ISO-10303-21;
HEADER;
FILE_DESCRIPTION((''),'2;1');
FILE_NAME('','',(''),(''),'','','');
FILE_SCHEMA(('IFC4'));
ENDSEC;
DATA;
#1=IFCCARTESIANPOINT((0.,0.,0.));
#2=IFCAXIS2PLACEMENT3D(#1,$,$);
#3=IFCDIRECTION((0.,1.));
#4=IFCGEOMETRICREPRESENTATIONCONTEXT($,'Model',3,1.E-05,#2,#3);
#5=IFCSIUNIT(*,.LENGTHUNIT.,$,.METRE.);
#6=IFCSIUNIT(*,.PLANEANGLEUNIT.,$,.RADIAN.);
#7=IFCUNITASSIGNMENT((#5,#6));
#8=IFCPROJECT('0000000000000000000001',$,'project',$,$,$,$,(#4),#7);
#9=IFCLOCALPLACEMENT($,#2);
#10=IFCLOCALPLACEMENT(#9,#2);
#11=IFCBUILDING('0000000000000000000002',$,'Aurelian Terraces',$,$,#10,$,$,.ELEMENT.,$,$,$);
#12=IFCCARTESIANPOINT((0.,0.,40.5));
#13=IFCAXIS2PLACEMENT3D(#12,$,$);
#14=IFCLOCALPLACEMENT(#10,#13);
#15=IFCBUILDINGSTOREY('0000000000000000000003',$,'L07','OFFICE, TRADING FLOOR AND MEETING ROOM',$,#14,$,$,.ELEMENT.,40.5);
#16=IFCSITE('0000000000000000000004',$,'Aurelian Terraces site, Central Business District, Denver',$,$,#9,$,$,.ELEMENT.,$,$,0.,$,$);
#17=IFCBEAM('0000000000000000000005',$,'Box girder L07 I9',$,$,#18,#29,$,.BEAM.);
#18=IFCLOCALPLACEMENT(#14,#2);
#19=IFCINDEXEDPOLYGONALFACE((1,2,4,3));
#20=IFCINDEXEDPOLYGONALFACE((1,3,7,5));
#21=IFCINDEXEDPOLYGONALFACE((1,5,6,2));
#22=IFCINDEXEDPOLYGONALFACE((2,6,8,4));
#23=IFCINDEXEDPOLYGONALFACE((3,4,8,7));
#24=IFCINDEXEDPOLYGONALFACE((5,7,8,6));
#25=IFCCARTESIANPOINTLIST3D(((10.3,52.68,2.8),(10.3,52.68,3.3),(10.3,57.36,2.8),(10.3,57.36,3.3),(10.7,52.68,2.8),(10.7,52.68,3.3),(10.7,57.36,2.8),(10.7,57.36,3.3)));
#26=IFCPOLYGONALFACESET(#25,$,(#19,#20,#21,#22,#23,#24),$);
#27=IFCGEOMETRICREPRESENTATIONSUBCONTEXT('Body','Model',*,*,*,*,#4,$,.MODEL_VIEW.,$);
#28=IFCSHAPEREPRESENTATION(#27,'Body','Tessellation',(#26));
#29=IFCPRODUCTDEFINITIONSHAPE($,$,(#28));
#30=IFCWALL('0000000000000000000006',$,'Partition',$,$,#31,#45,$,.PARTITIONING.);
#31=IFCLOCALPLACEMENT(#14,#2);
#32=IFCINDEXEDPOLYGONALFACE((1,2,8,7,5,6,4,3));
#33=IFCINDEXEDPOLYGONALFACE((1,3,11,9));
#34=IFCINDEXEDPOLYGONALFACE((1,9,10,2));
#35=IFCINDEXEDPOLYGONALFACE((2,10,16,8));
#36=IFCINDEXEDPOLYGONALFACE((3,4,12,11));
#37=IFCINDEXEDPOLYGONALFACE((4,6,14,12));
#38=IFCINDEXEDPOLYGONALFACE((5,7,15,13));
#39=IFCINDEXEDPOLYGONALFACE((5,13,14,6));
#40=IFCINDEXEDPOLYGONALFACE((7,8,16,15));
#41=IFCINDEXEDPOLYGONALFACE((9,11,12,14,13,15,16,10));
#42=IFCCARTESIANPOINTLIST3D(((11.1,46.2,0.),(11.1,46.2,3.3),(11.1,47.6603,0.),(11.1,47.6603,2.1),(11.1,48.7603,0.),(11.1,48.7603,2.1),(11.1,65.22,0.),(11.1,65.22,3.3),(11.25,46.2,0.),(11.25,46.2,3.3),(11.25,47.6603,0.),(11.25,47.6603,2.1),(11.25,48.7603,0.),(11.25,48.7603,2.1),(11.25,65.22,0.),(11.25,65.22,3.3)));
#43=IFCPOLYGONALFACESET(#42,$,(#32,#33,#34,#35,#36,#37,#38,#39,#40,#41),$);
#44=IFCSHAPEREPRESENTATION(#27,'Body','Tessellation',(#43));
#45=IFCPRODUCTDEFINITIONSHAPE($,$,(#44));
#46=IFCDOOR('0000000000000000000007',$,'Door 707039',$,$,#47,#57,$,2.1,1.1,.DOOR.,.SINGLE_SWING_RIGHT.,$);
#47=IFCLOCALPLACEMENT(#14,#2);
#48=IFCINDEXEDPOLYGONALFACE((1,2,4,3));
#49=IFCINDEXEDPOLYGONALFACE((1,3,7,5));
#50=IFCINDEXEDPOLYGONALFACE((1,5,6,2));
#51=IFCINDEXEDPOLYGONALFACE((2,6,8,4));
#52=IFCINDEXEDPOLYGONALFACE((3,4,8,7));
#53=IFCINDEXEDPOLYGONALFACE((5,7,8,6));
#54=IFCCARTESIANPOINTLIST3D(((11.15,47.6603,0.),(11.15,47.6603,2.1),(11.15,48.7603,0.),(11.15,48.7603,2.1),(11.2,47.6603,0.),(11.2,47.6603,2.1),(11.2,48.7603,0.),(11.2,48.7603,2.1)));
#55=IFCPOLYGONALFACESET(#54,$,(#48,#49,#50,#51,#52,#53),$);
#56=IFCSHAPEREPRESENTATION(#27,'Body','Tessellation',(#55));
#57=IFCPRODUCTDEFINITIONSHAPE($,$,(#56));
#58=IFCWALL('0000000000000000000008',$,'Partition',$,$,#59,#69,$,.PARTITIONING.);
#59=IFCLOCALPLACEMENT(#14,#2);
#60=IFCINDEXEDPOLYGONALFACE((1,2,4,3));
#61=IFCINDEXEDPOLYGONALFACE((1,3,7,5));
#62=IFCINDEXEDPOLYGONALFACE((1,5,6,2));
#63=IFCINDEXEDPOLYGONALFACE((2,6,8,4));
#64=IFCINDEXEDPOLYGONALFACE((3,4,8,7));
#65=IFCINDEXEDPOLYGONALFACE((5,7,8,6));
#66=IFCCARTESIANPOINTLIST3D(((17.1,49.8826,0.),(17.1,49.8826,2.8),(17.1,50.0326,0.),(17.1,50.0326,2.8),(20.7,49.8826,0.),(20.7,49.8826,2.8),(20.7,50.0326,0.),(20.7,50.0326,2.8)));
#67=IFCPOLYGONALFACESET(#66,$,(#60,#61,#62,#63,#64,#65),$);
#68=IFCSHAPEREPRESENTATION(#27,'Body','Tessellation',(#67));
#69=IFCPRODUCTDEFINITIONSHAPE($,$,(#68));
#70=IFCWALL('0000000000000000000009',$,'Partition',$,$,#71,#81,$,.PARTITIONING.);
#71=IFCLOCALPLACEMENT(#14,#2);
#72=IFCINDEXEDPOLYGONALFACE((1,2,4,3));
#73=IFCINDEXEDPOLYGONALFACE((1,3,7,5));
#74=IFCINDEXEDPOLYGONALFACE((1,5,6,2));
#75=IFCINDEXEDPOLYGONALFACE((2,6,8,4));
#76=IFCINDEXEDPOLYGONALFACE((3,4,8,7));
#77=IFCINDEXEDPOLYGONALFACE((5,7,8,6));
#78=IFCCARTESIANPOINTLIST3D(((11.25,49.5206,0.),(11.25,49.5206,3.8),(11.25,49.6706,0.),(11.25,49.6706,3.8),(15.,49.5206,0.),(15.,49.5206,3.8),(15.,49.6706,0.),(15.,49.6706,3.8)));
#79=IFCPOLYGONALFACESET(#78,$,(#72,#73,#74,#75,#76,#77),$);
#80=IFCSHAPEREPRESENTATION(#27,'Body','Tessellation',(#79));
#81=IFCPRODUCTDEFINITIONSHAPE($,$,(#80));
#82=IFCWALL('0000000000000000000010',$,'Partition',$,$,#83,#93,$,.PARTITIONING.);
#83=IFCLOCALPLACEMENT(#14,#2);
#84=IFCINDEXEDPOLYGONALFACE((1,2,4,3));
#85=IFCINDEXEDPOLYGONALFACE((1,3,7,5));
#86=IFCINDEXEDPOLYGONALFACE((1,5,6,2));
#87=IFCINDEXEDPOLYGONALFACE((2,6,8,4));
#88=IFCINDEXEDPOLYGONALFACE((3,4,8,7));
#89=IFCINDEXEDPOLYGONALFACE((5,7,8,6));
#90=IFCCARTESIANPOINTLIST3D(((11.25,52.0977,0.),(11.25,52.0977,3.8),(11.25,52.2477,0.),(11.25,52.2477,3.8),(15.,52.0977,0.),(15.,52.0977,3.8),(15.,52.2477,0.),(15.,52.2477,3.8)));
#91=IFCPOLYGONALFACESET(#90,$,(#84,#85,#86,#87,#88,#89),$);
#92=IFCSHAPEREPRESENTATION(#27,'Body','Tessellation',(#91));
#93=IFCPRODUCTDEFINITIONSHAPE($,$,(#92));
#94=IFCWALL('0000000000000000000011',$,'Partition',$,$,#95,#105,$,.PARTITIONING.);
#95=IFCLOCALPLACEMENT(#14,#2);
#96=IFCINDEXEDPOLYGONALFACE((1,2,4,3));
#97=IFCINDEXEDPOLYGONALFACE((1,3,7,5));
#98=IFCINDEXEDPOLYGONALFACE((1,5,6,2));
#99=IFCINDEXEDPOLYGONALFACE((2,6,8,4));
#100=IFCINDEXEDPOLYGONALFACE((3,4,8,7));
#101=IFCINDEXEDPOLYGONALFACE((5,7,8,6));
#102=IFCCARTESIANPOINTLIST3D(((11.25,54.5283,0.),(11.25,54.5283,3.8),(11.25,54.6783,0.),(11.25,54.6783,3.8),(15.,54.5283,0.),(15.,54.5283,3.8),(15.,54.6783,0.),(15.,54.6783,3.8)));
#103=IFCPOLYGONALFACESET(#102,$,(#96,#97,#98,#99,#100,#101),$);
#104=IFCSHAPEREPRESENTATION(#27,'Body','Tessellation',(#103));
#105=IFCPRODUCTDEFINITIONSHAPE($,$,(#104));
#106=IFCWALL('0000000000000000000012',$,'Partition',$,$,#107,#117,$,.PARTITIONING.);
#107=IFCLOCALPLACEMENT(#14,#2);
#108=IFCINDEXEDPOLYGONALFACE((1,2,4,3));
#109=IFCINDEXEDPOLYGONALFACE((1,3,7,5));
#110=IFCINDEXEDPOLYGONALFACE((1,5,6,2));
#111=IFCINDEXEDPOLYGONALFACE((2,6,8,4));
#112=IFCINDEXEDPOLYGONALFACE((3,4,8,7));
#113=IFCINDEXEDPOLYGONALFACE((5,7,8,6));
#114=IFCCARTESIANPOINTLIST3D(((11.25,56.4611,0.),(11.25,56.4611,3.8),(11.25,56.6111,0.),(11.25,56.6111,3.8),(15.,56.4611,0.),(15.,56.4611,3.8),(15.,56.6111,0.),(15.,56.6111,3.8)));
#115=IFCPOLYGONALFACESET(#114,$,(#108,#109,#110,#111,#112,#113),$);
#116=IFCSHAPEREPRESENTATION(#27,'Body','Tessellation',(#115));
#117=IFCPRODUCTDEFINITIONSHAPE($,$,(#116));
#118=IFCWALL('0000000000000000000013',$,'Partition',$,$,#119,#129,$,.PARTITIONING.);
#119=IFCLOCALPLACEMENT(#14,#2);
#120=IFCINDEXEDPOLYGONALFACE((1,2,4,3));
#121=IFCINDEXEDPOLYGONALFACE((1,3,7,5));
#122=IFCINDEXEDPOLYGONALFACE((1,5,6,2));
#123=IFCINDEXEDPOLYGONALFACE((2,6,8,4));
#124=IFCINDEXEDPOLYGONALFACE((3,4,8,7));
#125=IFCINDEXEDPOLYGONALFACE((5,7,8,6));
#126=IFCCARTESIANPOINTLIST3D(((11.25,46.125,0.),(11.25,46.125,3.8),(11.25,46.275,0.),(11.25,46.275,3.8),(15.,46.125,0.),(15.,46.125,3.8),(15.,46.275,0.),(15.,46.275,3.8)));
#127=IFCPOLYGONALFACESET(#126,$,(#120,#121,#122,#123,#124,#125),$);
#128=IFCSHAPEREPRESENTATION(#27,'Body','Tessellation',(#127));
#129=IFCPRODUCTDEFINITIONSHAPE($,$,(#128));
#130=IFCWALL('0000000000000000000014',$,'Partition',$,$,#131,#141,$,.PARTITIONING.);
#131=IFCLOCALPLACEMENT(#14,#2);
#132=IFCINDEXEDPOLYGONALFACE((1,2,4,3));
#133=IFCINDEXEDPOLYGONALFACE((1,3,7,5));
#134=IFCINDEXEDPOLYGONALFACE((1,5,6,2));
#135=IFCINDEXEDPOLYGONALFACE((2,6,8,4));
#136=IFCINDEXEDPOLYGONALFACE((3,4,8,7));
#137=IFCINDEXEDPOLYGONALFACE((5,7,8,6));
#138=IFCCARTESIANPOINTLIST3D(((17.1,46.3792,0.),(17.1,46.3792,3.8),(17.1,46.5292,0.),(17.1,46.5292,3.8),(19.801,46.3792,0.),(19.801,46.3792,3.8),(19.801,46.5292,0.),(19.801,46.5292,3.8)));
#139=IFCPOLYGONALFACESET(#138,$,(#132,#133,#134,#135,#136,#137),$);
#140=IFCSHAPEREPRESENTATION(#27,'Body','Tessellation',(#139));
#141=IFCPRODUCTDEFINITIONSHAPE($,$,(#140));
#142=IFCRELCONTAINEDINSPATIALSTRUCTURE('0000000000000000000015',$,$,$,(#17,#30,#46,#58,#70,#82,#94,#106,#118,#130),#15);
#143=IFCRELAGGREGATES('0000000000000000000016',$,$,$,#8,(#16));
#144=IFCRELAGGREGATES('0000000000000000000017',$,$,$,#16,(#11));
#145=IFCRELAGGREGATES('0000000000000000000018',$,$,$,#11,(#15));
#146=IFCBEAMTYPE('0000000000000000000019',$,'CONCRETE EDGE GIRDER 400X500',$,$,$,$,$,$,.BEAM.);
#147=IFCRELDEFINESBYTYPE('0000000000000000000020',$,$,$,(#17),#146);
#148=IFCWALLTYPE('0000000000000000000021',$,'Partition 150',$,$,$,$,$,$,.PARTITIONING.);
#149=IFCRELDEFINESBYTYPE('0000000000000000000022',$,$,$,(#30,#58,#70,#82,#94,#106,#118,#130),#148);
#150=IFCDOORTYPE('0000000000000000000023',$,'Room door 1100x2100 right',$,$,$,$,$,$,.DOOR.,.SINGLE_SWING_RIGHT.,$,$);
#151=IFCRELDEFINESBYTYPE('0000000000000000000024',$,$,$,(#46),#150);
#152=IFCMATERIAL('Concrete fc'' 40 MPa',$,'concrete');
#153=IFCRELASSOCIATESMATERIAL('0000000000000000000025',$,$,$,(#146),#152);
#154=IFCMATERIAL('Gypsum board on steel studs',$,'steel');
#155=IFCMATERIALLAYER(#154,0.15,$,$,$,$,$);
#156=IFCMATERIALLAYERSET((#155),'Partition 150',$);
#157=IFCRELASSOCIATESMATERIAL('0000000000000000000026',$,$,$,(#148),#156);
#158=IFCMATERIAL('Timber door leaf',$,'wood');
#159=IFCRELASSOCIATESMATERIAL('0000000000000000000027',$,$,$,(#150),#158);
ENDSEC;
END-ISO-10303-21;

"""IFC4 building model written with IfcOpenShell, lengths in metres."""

from ifc_helpers import new_model, si_unit, direction, frame, frame_2d, origin, origin_2d, place, context, subcontext, project, spatial, rectangle, extrude, source, transform, mapped, material, layer, layer_set, material_profile, profile_set, type_object, element, fill, save


model = new_model("IFC4")

# Units and contexts
model_context = context("Model", 3, precision=1e-05, world=origin(), true_north=direction((0.0, 1.0)))
body_context = subcontext(model_context, "Body", "Model", "MODEL_VIEW")
ifc_project = project(units=[si_unit("LENGTHUNIT", "METRE"), si_unit("PLANEANGLEUNIT", "RADIAN")], contexts=[model_context])

# Site, building, storey
site_placement = place(None, origin())
site = spatial("IfcSite", under=ifc_project, at=site_placement, Name="Aurelian Terraces site, Central Business District, Denver", CompositionType="ELEMENT", RefElevation=0.0)
building_placement = place(site_placement, origin())
building = spatial("IfcBuilding", under=site, at=building_placement, Name="Aurelian Terraces", CompositionType="ELEMENT")
storey_placement = place(building_placement, frame((0.0, 0.0, 40.5)))
storey = spatial("IfcBuildingStorey", under=building, at=storey_placement, Name="L07", Description="OFFICE, TRADING FLOOR AND MEETING ROOM", CompositionType="ELEMENT", Elevation=40.5)

# Beam
ifc_material_1 = material(Name="Concrete fc' 40 MPa", Category="concrete")
ifc_material_profile = material_profile(ifc_material_1, rectangle(XDim=0.4, YDim=0.5, at=origin_2d()))
ifc_profile_set = profile_set([ifc_material_profile], Name="Concrete fc' 40 MPa")
beam_type = type_object("IfcBeamType", Name="CONCRETE EDGE GIRDER 400X500", PredefinedType="BEAM", material=ifc_profile_set)
shared_shape_1 = source(origin(), body_context, "Body", "SweptSolid", [
    extrude(rectangle(XDim=0.4, YDim=0.5, at=origin_2d()), origin(), (0.0, 0.0, 1.0), 4.68),
])
beam_placement = place(storey_placement, frame((10.5, 52.68, 3.05), z_axis=(0.0, 1.0, 0.0), x_axis=(-1.0, 0.0, 0.0)))
element("IfcBeam", 1, at=beam_placement, inside=storey, type_object=beam_type, Name="Box girder L07 I9", PredefinedType="BEAM", context=body_context, shape_type="MappedRepresentation", body=[
    mapped(shared_shape_1, transform((0.0, 0.0, 0.0), scale=1.0)),
])

# Wall, opening, door
ifc_material_2 = material(Name="Gypsum board on steel studs", Category="steel")
ifc_layer_1 = layer(ifc_material_2, 0.15)
ifc_layer_set_1 = layer_set([ifc_layer_1], Name="Partition 150")
wall_type_1 = type_object("IfcWallType", Name="Partition 150", PredefinedType="PARTITIONING", material=ifc_layer_set_1)
wall_1_placement = place(storey_placement, frame((11.175, 46.2, 0.0), z_axis=(0.0, 0.0, 1.0), x_axis=(0.0, 1.0, 0.0)))
wall_1 = element("IfcWall", 2, at=wall_1_placement, inside=storey, type_object=wall_type_1, Name="Partition", PredefinedType="PARTITIONING", context=body_context, shape_type="SweptSolid", body=[
    extrude(rectangle(XDim=19.02, YDim=0.15, at=frame_2d((9.51, 0.0))), origin(), (0.0, 0.0, 1.0), 3.3),
])
shared_shape_2 = source(origin(), body_context, "Body", "SweptSolid", [
    extrude(rectangle(XDim=1.1, YDim=2.1, at=frame_2d((0.55, 1.05))), frame((0.0, 0.085, 0.0), z_axis=(0.0, -1.0, 0.0), x_axis=(1.0, 0.0, 0.0)), (0.0, 0.0, 1.0), 0.17),
])
opening_1_placement = place(wall_1_placement, frame((1.4603, 0.0, 0.0)))
opening_1 = element("IfcOpeningElement", 3, at=opening_1_placement, cuts=wall_1, PredefinedType="OPENING", context=body_context, shape_type="MappedRepresentation", body=[
    mapped(shared_shape_2, transform((0.0, 0.0, 0.0), scale=1.0)),
])
ifc_material_3 = material(Name="Timber door leaf", Category="wood")
door_type_1 = type_object("IfcDoorType", Name="Room door 1100x2100 right", OperationType="SINGLE_SWING_RIGHT", PredefinedType="DOOR", material=ifc_material_3)
shared_shape_3 = source(origin(), body_context, "Body", "SweptSolid", [
    extrude(rectangle(XDim=1.1, YDim=2.1, at=frame_2d((0.55, 1.05))), frame((0.0, 0.025, 0.0), z_axis=(0.0, -1.0, 0.0), x_axis=(1.0, 0.0, 0.0)), (0.0, 0.0, 1.0), 0.05),
])
door_1_placement = place(opening_1_placement, origin())
door_1 = element("IfcDoor", 4, at=door_1_placement, inside=storey, type_object=door_type_1, Name="Door 707039", OperationType="SINGLE_SWING_RIGHT", OverallHeight=2.1, OverallWidth=1.1, PredefinedType="DOOR", context=body_context, shape_type="MappedRepresentation", body=[
    mapped(shared_shape_3, transform((0.0, 0.0, 0.0), scale=1.0)),
])
fill(opening_1, door_1)

# Walls
wall_2_placement = place(storey_placement, frame((17.1, 49.9576, 0.0), z_axis=(0.0, 0.0, 1.0), x_axis=(1.0, 0.0, 0.0)))
element("IfcWall", 5, at=wall_2_placement, inside=storey, type_object=wall_type_1, Name="Partition", PredefinedType="PARTITIONING", context=body_context, shape_type="SweptSolid", body=[
    extrude(rectangle(XDim=3.6, YDim=0.15, at=frame_2d((1.8, 0.0))), origin(), (0.0, 0.0, 1.0), 2.8),
])
shared_shape_4 = source(origin(), body_context, "Body", "SweptSolid", [
    extrude(rectangle(XDim=3.75, YDim=0.15, at=frame_2d((1.875, 0.0))), origin(), (0.0, 0.0, 1.0), 3.8),
])
for number, where, z_axis, x_axis, name in (
    (6, (15.0, 49.5956, 0.0), (0.0, 0.0, 1.0), (-1.0, 0.0, 0.0), "Partition"),
    (7, (15.0, 52.1727, 0.0), (0.0, 0.0, 1.0), (-1.0, 0.0, 0.0), "Partition"),
    (8, (15.0, 54.6033, 0.0), (0.0, 0.0, 1.0), (-1.0, 0.0, 0.0), "Partition"),
    (9, (15.0, 56.5361, 0.0), (0.0, 0.0, 1.0), (-1.0, 0.0, 0.0), "Partition"),
    (10, (15.0, 46.2, 0.0), (0.0, 0.0, 1.0), (-1.0, 0.0, 0.0), "Partition"),
):
    element("IfcWall", number, at=place(storey_placement, frame(where, z_axis=z_axis, x_axis=x_axis)), inside=storey, type_object=wall_type_1, Name=name, PredefinedType="PARTITIONING", context=body_context, shape_type="MappedRepresentation", body=[
        mapped(shared_shape_4, transform((0.0, 0.0, 0.0), scale=1.0)),
    ])
shared_shape_5 = source(origin(), body_context, "Body", "SweptSolid", [
    extrude(rectangle(XDim=2.701, YDim=0.15, at=frame_2d((1.3505, 0.0))), origin(), (0.0, 0.0, 1.0), 3.8),
])
wall_3_placement = place(storey_placement, frame((17.1, 46.4542, 0.0), z_axis=(0.0, 0.0, 1.0), x_axis=(1.0, 0.0, 0.0)))
element("IfcWall", 11, at=wall_3_placement, inside=storey, type_object=wall_type_1, Name="Partition", PredefinedType="PARTITIONING", context=body_context, shape_type="MappedRepresentation", body=[
    mapped(shared_shape_5, transform((0.0, 0.0, 0.0), scale=1.0)),
])

save(model, "model.ifc")
